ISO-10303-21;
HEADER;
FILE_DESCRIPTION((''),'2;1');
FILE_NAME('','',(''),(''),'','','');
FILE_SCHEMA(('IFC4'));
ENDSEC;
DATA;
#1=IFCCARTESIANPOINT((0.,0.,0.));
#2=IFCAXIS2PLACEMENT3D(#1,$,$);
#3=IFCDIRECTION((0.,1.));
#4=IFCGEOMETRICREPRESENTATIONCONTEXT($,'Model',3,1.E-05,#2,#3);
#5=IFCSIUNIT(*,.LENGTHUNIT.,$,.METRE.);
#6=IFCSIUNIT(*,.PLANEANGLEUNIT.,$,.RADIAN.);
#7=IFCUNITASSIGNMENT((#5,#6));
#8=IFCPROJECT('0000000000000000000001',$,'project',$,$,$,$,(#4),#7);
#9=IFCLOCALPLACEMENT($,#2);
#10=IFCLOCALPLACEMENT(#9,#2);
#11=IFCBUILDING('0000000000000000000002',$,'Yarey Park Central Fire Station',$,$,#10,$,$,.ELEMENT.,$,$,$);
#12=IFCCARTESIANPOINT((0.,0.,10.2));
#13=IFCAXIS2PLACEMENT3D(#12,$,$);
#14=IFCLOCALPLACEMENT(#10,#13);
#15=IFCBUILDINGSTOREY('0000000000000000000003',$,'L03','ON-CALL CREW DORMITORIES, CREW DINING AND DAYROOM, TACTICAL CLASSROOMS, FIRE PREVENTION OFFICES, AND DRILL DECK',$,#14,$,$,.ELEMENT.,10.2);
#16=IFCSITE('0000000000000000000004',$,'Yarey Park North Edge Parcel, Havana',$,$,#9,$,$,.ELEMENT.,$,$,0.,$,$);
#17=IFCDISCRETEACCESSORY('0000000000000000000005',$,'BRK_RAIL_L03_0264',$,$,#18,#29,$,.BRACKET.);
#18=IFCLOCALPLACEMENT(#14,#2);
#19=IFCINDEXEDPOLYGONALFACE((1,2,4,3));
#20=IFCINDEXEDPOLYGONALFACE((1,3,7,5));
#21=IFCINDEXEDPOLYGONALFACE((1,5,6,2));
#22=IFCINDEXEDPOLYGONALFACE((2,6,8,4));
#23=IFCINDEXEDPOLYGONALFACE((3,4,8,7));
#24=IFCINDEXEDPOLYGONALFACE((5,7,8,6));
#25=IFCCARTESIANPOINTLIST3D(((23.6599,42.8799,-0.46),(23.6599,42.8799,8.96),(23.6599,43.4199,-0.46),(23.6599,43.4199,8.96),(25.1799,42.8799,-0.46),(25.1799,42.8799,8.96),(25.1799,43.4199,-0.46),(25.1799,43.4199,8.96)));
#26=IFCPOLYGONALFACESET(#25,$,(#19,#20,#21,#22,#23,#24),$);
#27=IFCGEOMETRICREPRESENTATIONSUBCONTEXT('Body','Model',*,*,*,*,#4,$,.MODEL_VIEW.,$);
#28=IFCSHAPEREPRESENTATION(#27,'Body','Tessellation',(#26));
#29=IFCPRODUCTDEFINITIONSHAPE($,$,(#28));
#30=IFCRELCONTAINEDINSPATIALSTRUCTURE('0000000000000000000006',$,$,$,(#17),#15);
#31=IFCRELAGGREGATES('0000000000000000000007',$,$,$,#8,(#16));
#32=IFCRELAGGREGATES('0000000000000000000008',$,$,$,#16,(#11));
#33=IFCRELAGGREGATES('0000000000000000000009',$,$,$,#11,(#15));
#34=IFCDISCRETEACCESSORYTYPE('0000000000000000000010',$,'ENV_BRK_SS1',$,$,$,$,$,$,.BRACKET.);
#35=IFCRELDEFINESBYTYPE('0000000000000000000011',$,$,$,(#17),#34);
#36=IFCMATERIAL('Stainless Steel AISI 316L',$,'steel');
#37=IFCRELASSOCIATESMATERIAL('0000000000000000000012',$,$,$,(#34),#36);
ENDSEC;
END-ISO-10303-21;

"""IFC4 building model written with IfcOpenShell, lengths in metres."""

from ifc_helpers import new_model, si_unit, direction, frame, origin, origin_2d, place, context, subcontext, project, spatial, rectangle, extrude, material, type_object, element, save


model = new_model("IFC4")

# Units and contexts
model_context = context("Model", 3, precision=1e-05, world=origin(), true_north=direction((0.0, 1.0)))
body_context = subcontext(model_context, "Body", "Model", "MODEL_VIEW")
ifc_project = project(units=[si_unit("LENGTHUNIT", "METRE"), si_unit("PLANEANGLEUNIT", "RADIAN")], contexts=[model_context])

# Site, building, storey
site_placement = place(None, origin())
site = spatial("IfcSite", under=ifc_project, at=site_placement, Name="Yarey Park North Edge Parcel, Havana", CompositionType="ELEMENT", RefElevation=0.0)
building_placement = place(site_placement, origin())
building = spatial("IfcBuilding", under=site, at=building_placement, Name="Yarey Park Central Fire Station", CompositionType="ELEMENT")
storey_placement = place(building_placement, frame((0.0, 0.0, 10.2)))
storey = spatial("IfcBuildingStorey", under=building, at=storey_placement, Name="L03", Description="ON-CALL CREW DORMITORIES, CREW DINING AND DAYROOM, TACTICAL CLASSROOMS, FIRE PREVENTION OFFICES, AND DRILL DECK", CompositionType="ELEMENT", Elevation=10.2)

# Discrete accessory
ifc_material_1 = material(Name="Stainless Steel AISI 316L", Category="steel")
discrete_accessory_type = type_object("IfcDiscreteAccessoryType", Name="ENV_BRK_SS1", PredefinedType="BRACKET", material=ifc_material_1)
discrete_accessory_1_placement = place(storey_placement, frame((24.4199, 43.1499, -0.46), z_axis=(0.0, 0.0, 1.0), x_axis=(1.0, 0.0, 0.0)))
element("IfcDiscreteAccessory", 1, at=discrete_accessory_1_placement, inside=storey, type_object=discrete_accessory_type, Name="BRK_RAIL_L03_0264", PredefinedType="BRACKET", context=body_context, shape_type="SweptSolid", body=[
    extrude(rectangle(XDim=1.52, YDim=0.54, at=origin_2d()), origin(), (0.0, 0.0, 1.0), 9.4199),
])

save(model, "model.ifc")
